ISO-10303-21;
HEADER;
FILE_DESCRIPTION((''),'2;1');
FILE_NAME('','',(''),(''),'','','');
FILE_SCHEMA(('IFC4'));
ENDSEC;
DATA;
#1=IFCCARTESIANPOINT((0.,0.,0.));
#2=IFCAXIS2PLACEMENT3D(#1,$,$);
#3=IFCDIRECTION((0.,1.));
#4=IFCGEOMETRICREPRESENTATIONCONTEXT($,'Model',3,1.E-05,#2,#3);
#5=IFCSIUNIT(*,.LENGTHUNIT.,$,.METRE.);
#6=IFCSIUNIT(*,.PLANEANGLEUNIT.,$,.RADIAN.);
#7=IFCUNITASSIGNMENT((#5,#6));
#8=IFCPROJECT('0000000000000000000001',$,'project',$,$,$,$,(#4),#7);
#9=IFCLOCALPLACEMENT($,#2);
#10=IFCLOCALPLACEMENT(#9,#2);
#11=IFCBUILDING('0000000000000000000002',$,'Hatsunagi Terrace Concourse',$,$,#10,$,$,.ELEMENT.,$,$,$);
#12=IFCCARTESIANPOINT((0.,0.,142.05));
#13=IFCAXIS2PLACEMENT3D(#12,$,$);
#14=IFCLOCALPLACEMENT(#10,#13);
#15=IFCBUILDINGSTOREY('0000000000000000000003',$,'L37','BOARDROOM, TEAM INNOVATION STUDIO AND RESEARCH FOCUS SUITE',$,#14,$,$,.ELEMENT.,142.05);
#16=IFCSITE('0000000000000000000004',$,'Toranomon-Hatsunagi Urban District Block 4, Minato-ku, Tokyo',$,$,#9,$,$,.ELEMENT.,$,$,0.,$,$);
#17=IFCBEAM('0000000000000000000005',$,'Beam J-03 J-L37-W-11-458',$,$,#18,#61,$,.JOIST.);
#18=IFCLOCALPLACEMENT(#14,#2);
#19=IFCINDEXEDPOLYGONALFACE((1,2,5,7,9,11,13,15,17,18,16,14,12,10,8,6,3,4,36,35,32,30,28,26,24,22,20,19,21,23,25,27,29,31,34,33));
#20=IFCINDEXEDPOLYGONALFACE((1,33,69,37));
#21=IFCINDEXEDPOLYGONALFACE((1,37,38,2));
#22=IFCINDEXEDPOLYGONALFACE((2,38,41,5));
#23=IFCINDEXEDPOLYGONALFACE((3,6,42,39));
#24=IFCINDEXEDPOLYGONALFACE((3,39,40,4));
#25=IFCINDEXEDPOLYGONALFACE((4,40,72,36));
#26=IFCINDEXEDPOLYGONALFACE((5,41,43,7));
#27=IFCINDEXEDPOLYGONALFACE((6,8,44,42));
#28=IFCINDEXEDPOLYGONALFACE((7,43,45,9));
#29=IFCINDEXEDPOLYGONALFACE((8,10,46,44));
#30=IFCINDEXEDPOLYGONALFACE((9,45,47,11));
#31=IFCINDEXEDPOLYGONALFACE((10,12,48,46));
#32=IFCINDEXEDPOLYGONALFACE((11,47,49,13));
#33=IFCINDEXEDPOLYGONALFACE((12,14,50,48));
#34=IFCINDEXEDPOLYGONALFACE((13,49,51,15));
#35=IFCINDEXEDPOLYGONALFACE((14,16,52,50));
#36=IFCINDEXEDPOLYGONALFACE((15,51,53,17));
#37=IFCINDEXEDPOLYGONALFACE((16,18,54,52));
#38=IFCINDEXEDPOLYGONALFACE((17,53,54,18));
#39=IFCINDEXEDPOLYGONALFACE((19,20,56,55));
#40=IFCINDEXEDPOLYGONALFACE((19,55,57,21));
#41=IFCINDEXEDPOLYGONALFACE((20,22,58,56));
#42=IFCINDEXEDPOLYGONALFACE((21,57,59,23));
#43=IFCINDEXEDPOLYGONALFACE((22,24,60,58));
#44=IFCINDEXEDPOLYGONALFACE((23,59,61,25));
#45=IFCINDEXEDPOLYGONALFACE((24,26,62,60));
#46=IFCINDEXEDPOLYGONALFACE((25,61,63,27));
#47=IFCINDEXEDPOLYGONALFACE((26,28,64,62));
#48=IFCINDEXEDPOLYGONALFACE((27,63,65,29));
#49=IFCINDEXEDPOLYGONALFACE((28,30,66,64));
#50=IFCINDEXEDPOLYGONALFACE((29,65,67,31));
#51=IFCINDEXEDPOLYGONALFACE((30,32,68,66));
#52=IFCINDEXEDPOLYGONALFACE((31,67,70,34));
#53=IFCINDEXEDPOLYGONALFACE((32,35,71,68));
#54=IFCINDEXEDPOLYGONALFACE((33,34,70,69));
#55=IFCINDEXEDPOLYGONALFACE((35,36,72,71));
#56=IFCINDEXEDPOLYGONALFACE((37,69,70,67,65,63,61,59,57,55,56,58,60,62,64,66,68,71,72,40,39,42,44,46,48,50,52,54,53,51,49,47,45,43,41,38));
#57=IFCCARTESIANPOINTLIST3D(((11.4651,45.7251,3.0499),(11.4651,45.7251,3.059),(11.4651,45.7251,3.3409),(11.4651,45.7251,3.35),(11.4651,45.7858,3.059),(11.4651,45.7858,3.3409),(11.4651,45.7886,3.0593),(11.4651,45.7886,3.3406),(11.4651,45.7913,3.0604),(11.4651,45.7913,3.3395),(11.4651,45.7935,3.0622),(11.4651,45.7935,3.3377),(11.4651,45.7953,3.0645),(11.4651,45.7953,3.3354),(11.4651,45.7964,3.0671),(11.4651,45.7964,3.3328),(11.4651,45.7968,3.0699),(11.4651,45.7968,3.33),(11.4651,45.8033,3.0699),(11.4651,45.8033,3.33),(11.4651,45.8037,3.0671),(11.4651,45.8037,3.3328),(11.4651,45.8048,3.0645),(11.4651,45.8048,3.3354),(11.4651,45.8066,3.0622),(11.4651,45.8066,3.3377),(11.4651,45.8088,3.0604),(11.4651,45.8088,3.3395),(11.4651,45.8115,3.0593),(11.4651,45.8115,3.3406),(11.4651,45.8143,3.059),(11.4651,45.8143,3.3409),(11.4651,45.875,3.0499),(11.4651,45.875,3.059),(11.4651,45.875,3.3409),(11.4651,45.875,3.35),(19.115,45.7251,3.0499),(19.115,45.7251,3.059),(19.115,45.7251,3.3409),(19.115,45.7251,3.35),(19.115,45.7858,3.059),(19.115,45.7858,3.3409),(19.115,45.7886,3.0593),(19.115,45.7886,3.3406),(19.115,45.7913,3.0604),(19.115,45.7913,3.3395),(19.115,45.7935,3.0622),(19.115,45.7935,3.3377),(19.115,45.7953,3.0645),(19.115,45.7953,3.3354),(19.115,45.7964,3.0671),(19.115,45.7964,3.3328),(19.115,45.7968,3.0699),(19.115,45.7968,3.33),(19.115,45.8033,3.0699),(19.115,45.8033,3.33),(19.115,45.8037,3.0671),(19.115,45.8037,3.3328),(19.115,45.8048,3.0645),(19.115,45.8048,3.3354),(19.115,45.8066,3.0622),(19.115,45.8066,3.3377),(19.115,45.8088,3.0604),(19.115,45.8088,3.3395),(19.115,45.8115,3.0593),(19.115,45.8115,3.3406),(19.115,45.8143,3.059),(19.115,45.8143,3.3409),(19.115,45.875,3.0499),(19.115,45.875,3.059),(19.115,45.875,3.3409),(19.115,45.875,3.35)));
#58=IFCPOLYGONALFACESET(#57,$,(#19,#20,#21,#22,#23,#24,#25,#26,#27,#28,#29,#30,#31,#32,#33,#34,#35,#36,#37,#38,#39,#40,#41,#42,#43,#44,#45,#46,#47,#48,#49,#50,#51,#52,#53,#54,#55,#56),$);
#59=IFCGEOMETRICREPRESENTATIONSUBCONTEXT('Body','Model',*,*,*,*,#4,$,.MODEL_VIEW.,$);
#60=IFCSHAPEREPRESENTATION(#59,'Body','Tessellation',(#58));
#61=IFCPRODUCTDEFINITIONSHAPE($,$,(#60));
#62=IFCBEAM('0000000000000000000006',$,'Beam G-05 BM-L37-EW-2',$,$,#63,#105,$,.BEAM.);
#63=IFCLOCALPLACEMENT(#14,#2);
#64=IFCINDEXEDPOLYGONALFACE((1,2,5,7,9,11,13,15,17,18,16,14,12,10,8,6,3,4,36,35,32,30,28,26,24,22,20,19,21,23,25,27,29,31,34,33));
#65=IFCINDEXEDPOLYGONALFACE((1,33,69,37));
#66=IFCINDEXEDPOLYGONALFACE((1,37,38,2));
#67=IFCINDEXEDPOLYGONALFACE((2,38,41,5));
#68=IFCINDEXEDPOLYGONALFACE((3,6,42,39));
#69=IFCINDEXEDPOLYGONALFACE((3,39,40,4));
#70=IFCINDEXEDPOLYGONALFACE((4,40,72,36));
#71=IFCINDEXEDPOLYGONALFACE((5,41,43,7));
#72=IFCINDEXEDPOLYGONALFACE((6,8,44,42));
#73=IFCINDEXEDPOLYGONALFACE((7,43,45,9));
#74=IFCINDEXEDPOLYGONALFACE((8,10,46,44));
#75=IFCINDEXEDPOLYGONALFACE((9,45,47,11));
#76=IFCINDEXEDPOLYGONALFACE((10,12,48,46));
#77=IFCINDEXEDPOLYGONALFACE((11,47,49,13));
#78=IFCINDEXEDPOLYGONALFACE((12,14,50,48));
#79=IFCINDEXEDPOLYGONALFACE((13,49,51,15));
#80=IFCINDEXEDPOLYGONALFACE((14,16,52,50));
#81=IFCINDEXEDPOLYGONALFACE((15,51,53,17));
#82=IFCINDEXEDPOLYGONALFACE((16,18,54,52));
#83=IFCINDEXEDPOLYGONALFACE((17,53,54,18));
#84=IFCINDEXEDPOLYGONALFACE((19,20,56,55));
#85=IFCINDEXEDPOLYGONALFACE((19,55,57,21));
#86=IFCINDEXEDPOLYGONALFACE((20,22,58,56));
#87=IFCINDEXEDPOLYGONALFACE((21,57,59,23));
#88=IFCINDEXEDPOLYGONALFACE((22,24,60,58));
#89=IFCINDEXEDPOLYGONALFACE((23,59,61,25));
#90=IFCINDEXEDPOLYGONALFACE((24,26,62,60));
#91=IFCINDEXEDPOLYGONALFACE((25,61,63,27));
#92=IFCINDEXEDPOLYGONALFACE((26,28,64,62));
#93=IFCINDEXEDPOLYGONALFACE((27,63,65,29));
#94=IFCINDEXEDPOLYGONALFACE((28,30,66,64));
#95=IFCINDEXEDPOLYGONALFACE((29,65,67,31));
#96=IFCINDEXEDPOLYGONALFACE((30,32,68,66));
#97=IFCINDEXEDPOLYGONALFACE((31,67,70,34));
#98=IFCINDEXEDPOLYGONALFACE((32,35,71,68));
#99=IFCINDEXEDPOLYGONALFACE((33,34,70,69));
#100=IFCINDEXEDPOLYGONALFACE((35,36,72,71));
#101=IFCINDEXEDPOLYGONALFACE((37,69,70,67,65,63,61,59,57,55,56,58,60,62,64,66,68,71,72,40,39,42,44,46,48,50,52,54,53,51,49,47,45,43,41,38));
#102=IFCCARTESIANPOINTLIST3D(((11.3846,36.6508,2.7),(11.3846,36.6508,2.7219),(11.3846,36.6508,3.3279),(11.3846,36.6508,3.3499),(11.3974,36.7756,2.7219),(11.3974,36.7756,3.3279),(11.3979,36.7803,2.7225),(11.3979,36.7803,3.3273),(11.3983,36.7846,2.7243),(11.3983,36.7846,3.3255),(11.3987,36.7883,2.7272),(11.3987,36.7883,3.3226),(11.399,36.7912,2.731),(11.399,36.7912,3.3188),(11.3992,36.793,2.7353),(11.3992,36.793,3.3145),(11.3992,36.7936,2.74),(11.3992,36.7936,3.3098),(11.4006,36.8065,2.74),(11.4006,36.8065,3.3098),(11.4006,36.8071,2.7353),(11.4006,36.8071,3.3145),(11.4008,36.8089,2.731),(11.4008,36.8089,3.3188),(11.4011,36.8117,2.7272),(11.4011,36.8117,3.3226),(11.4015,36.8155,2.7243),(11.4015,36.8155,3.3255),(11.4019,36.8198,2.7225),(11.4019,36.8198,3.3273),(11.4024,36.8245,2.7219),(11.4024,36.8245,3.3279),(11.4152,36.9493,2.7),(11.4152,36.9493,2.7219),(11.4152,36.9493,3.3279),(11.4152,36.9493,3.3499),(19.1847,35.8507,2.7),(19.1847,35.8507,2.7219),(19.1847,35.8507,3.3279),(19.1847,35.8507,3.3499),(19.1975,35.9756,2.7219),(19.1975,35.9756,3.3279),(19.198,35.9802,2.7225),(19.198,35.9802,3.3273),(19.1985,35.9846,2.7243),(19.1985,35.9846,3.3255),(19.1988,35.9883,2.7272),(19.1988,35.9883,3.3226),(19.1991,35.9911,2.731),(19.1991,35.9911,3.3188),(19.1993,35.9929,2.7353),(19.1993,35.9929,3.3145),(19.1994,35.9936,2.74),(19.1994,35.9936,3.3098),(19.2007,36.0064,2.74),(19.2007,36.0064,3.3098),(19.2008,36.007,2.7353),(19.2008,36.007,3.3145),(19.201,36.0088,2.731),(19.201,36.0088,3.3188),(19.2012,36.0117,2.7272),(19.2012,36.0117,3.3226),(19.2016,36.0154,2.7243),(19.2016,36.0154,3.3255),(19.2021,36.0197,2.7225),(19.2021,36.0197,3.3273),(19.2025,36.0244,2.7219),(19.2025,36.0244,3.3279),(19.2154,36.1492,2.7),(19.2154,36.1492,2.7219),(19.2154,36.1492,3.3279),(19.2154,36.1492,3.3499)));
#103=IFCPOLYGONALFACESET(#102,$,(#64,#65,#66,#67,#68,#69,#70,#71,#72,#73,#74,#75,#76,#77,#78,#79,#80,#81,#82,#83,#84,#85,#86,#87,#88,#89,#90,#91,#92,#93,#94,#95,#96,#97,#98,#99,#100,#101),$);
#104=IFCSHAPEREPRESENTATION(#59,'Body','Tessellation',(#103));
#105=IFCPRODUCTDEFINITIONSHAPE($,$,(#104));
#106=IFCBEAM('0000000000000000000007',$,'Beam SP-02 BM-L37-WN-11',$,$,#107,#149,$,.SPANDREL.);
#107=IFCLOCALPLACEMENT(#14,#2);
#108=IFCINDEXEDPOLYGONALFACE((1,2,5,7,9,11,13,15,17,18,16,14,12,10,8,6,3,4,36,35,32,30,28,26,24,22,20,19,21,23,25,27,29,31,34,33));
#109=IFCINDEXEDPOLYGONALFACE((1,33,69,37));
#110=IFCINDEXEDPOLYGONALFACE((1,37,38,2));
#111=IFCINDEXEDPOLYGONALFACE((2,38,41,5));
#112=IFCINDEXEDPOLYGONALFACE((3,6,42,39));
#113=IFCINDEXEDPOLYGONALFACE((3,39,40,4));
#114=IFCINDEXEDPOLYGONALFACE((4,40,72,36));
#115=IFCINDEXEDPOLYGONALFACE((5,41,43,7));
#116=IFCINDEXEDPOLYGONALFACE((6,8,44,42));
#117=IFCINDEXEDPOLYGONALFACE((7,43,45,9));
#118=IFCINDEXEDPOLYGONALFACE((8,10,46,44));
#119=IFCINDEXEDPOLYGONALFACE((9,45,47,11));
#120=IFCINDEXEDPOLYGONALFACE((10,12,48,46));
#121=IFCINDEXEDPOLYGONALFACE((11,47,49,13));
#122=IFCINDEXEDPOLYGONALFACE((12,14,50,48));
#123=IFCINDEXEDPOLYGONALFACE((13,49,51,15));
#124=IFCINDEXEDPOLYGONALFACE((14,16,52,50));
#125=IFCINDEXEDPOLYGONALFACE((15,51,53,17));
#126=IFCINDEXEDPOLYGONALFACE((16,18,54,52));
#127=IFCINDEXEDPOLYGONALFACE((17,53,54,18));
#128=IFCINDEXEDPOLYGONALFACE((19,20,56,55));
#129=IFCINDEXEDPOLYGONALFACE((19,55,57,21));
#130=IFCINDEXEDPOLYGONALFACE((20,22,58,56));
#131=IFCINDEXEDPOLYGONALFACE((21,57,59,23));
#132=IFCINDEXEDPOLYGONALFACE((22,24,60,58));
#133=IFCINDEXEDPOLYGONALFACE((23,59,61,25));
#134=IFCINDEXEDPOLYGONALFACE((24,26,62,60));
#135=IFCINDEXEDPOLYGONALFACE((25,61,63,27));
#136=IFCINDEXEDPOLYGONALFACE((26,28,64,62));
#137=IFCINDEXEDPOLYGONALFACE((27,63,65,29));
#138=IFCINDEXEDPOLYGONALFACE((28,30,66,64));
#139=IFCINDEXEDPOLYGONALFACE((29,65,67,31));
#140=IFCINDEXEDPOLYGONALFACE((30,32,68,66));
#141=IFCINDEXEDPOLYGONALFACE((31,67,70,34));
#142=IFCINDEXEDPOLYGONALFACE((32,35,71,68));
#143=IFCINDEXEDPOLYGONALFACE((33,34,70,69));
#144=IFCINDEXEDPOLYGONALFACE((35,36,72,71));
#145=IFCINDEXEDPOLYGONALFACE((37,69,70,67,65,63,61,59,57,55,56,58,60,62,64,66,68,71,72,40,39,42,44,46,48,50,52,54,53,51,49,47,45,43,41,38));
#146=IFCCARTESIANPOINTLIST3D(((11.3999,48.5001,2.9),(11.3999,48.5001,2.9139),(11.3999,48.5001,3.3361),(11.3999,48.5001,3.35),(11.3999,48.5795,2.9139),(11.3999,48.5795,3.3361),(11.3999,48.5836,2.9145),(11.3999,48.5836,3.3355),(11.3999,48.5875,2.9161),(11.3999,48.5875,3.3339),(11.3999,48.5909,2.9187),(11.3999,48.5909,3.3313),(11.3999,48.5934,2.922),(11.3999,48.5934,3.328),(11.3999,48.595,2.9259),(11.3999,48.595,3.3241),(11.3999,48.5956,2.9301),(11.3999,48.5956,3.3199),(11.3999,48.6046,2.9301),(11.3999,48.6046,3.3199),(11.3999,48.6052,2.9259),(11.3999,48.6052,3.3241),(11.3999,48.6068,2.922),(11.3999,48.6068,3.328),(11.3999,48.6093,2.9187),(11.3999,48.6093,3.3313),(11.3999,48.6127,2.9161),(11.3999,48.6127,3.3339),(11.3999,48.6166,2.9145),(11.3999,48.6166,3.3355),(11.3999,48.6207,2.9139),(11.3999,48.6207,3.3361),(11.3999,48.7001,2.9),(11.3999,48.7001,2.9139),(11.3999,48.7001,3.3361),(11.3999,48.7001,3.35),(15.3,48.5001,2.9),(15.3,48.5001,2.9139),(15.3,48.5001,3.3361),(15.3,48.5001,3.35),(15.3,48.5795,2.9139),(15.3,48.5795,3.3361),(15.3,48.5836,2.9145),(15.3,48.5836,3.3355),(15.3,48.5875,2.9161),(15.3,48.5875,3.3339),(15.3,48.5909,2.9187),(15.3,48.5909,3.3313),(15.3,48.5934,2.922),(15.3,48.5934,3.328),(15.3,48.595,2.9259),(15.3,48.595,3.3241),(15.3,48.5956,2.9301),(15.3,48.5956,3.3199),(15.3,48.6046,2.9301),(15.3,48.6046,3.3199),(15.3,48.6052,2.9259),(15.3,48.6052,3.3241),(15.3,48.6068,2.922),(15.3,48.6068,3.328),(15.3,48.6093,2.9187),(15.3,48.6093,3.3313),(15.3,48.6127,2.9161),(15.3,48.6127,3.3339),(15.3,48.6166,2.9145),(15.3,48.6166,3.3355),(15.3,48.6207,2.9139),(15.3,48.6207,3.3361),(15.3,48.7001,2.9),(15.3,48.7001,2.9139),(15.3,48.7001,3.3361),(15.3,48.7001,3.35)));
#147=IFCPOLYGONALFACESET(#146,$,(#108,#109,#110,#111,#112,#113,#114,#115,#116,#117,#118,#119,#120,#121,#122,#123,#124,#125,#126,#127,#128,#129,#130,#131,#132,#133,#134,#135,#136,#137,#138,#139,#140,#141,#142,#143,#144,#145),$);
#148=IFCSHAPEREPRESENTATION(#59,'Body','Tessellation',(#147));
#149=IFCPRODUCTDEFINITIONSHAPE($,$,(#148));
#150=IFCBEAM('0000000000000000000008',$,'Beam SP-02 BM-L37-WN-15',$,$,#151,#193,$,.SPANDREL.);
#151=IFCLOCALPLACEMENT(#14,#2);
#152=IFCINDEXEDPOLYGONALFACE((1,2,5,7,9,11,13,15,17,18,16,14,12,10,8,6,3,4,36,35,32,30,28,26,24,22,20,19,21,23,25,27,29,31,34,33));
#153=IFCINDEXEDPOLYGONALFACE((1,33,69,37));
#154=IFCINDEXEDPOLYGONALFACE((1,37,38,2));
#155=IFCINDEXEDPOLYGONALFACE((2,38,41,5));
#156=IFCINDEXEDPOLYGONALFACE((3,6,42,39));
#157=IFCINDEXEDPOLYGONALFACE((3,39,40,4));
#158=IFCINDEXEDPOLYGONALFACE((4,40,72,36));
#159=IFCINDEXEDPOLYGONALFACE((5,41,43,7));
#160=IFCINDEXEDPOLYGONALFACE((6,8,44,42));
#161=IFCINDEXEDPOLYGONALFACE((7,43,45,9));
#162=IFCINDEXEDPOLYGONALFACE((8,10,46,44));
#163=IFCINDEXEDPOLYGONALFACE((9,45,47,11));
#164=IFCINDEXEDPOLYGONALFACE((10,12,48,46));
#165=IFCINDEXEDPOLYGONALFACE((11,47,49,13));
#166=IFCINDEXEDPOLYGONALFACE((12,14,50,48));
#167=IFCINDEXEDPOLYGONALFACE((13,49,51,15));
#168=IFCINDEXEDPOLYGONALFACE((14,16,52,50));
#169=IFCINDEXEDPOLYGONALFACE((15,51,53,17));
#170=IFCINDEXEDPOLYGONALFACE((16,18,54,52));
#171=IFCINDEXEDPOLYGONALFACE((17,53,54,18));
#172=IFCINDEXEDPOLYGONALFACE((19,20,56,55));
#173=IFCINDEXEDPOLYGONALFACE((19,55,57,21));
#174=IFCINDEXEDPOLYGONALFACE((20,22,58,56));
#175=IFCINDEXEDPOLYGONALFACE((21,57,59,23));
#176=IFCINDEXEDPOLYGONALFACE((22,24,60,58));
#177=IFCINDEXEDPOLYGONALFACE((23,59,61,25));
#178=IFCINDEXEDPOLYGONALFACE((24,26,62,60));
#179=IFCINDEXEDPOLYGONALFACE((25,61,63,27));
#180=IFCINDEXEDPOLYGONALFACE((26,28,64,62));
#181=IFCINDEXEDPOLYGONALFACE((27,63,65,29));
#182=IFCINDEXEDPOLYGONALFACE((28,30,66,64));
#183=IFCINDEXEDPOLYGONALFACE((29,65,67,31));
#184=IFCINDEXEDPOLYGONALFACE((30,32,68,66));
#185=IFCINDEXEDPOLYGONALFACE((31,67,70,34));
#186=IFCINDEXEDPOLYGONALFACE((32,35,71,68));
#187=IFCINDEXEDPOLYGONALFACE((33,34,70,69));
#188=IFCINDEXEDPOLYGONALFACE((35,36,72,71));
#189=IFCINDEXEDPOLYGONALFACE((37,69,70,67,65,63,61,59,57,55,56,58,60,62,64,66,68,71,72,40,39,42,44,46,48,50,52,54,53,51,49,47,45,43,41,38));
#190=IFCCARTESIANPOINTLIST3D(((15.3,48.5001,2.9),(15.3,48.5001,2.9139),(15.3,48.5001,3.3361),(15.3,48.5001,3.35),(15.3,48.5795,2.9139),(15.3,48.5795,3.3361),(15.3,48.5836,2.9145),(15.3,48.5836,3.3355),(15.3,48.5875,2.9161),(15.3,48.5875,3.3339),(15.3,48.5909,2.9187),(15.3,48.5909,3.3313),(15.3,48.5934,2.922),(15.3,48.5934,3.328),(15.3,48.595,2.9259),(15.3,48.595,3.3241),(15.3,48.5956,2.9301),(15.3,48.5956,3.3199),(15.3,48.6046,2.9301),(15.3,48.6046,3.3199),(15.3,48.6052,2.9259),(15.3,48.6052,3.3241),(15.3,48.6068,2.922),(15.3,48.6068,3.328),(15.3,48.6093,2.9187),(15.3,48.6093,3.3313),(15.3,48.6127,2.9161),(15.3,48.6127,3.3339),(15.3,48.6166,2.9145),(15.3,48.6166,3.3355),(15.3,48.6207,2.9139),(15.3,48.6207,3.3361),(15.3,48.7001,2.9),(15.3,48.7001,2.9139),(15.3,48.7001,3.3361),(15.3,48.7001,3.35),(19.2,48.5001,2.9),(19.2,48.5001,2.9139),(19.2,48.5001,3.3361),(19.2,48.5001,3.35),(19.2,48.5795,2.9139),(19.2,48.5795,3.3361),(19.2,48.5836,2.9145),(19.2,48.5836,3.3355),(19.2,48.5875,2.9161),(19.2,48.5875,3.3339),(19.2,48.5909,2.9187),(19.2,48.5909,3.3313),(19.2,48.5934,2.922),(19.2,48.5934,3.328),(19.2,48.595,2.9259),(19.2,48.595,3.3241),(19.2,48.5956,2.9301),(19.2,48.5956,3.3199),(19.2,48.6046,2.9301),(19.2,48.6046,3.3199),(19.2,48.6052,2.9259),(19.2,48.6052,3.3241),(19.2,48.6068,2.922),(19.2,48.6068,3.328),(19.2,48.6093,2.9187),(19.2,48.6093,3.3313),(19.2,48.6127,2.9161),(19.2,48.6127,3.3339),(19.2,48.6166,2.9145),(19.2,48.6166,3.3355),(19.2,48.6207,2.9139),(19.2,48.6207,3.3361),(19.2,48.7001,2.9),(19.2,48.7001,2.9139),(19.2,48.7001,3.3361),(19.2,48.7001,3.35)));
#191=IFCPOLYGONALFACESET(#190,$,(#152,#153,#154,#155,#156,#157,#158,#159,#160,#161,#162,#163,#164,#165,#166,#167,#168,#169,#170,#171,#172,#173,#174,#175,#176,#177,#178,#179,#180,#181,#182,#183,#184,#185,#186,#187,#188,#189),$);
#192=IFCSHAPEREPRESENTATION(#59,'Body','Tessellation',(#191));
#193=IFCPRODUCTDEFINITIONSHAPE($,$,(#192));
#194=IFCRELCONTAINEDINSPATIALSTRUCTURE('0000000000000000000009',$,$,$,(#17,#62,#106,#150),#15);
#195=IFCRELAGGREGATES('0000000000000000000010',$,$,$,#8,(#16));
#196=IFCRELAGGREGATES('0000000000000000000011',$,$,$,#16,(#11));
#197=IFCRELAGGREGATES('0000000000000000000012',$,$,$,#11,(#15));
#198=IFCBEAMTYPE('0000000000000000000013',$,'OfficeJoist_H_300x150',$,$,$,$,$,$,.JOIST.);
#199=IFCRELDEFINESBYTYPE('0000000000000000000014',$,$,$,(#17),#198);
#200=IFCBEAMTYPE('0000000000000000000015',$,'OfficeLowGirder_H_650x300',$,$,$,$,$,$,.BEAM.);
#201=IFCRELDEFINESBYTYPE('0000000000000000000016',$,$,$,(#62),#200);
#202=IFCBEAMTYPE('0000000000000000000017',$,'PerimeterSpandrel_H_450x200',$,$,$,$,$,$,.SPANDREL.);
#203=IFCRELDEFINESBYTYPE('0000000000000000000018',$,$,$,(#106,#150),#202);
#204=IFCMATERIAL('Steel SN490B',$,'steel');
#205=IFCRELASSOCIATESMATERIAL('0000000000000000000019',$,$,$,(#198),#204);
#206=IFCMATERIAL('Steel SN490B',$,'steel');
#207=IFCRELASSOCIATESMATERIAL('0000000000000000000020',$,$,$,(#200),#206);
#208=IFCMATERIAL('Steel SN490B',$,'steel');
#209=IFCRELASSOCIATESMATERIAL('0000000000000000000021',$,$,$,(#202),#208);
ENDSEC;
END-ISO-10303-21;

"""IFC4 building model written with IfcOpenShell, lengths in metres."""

from ifc_helpers import new_model, si_unit, direction, frame, origin, origin_2d, place, context, subcontext, project, spatial, i_section, extrude, material, material_profile, profile_set, type_object, element, save


model = new_model("IFC4")

# Units and contexts
model_context = context("Model", 3, precision=1e-05, world=origin(), true_north=direction((0.0, 1.0)))
body_context = subcontext(model_context, "Body", "Model", "MODEL_VIEW")
ifc_project = project(units=[si_unit("LENGTHUNIT", "METRE"), si_unit("PLANEANGLEUNIT", "RADIAN")], contexts=[model_context])

# Site, building, storey
site_placement = place(None, origin())
site = spatial("IfcSite", under=ifc_project, at=site_placement, Name="Toranomon-Hatsunagi Urban District Block 4, Minato-ku, Tokyo", CompositionType="ELEMENT", RefElevation=0.0)
building_placement = place(site_placement, origin())
building = spatial("IfcBuilding", under=site, at=building_placement, Name="Hatsunagi Terrace Concourse", CompositionType="ELEMENT")
storey_placement = place(building_placement, frame((0.0, 0.0, 142.05)))
storey = spatial("IfcBuildingStorey", under=building, at=storey_placement, Name="L37", Description="BOARDROOM, TEAM INNOVATION STUDIO AND RESEARCH FOCUS SUITE", CompositionType="ELEMENT", Elevation=142.05)

# Beams
ifc_material_1 = material(Name="Steel SN490B", Category="steel")
ifc_material_profile_1 = material_profile(ifc_material_1, i_section(OverallWidth=0.1499, OverallDepth=0.3, WebThickness=0.0066, FlangeThickness=0.009, FilletRadius=0.011, at=origin_2d()), Name="H-300x150x6.5x9")
ifc_profile_set_1 = profile_set([ifc_material_profile_1], Name="Steel SN490B")
beam_type_1 = type_object("IfcBeamType", Name="OfficeJoist_H_300x150", PredefinedType="JOIST", material=ifc_profile_set_1)
for number, where, z_axis, x_axis, name in (
    (1, (11.4651, 45.8, 3.2), (1.0, 0.0, 0.0), (0.0, 1.0, 0.0), "Beam J-03 J-L37-W-11-458"),
):
    element("IfcBeam", number, at=place(storey_placement, frame(where, z_axis=z_axis, x_axis=x_axis)), inside=storey, type_object=beam_type_1, Name=name, PredefinedType="JOIST", context=body_context, shape_type="SweptSolid", body=[
        extrude(i_section(OverallWidth=0.1499, OverallDepth=0.3, WebThickness=0.0066, FlangeThickness=0.009, FilletRadius=0.011, at=origin_2d()), origin(), (0.0, 0.0, 1.0), 7.6499),
    ])
ifc_material_2 = material(Name="Steel SN490B", Category="steel")
ifc_material_profile_2 = material_profile(ifc_material_2, i_section(OverallWidth=0.3, OverallDepth=0.6499, WebThickness=0.0129, FlangeThickness=0.022, FilletRadius=0.0181, at=origin_2d()), Name="H-650x300x13x22")
ifc_profile_set_2 = profile_set([ifc_material_profile_2], Name="Steel SN490B")
beam_type_2 = type_object("IfcBeamType", Name="OfficeLowGirder_H_650x300", PredefinedType="BEAM", material=ifc_profile_set_2)
beam_1_placement = place(storey_placement, frame((11.3999, 36.8, 3.0249), z_axis=(0.994781, -0.102034, 0.0), x_axis=(0.102034, 0.994781, 0.0)))
element("IfcBeam", 2, at=beam_1_placement, inside=storey, type_object=beam_type_2, Name="Beam G-05 BM-L37-EW-2", PredefinedType="BEAM", context=body_context, shape_type="SweptSolid", body=[
    extrude(i_section(OverallWidth=0.3, OverallDepth=0.6499, WebThickness=0.0129, FlangeThickness=0.022, FilletRadius=0.0181, at=origin_2d()), origin(), (0.0, 0.0, 1.0), 7.8411),
])
ifc_material_3 = material(Name="Steel SN490B", Category="steel")
ifc_material_profile_3 = material_profile(ifc_material_3, i_section(OverallWidth=0.2, OverallDepth=0.45, WebThickness=0.009, FlangeThickness=0.0139, FilletRadius=0.0161, at=origin_2d()), Name="H-450x200x9x14")
ifc_profile_set_3 = profile_set([ifc_material_profile_3], Name="Steel SN490B")
beam_type_3 = type_object("IfcBeamType", Name="PerimeterSpandrel_H_450x200", PredefinedType="SPANDREL", material=ifc_profile_set_3)
beam_2_placement = place(storey_placement, frame((11.3999, 48.6001, 3.125), z_axis=(1.0, 0.0, 0.0), x_axis=(0.0, 1.0, 0.0)))
element("IfcBeam", 3, at=beam_2_placement, inside=storey, type_object=beam_type_3, Name="Beam SP-02 BM-L37-WN-11", PredefinedType="SPANDREL", context=body_context, shape_type="SweptSolid", body=[
    extrude(i_section(OverallWidth=0.2, OverallDepth=0.45, WebThickness=0.009, FlangeThickness=0.0139, FilletRadius=0.0161, at=origin_2d()), origin(), (0.0, 0.0, 1.0), 3.9001),
])
beam_3_placement = place(storey_placement, frame((15.3, 48.6001, 3.125), z_axis=(1.0, 0.0, 0.0), x_axis=(0.0, 1.0, 0.0)))
element("IfcBeam", 4, at=beam_3_placement, inside=storey, type_object=beam_type_3, Name="Beam SP-02 BM-L37-WN-15", PredefinedType="SPANDREL", context=body_context, shape_type="SweptSolid", body=[
    extrude(i_section(OverallWidth=0.2, OverallDepth=0.45, WebThickness=0.009, FlangeThickness=0.0139, FilletRadius=0.0161, at=origin_2d()), origin(), (0.0, 0.0, 1.0), 3.8999),
])

save(model, "model.ifc")
